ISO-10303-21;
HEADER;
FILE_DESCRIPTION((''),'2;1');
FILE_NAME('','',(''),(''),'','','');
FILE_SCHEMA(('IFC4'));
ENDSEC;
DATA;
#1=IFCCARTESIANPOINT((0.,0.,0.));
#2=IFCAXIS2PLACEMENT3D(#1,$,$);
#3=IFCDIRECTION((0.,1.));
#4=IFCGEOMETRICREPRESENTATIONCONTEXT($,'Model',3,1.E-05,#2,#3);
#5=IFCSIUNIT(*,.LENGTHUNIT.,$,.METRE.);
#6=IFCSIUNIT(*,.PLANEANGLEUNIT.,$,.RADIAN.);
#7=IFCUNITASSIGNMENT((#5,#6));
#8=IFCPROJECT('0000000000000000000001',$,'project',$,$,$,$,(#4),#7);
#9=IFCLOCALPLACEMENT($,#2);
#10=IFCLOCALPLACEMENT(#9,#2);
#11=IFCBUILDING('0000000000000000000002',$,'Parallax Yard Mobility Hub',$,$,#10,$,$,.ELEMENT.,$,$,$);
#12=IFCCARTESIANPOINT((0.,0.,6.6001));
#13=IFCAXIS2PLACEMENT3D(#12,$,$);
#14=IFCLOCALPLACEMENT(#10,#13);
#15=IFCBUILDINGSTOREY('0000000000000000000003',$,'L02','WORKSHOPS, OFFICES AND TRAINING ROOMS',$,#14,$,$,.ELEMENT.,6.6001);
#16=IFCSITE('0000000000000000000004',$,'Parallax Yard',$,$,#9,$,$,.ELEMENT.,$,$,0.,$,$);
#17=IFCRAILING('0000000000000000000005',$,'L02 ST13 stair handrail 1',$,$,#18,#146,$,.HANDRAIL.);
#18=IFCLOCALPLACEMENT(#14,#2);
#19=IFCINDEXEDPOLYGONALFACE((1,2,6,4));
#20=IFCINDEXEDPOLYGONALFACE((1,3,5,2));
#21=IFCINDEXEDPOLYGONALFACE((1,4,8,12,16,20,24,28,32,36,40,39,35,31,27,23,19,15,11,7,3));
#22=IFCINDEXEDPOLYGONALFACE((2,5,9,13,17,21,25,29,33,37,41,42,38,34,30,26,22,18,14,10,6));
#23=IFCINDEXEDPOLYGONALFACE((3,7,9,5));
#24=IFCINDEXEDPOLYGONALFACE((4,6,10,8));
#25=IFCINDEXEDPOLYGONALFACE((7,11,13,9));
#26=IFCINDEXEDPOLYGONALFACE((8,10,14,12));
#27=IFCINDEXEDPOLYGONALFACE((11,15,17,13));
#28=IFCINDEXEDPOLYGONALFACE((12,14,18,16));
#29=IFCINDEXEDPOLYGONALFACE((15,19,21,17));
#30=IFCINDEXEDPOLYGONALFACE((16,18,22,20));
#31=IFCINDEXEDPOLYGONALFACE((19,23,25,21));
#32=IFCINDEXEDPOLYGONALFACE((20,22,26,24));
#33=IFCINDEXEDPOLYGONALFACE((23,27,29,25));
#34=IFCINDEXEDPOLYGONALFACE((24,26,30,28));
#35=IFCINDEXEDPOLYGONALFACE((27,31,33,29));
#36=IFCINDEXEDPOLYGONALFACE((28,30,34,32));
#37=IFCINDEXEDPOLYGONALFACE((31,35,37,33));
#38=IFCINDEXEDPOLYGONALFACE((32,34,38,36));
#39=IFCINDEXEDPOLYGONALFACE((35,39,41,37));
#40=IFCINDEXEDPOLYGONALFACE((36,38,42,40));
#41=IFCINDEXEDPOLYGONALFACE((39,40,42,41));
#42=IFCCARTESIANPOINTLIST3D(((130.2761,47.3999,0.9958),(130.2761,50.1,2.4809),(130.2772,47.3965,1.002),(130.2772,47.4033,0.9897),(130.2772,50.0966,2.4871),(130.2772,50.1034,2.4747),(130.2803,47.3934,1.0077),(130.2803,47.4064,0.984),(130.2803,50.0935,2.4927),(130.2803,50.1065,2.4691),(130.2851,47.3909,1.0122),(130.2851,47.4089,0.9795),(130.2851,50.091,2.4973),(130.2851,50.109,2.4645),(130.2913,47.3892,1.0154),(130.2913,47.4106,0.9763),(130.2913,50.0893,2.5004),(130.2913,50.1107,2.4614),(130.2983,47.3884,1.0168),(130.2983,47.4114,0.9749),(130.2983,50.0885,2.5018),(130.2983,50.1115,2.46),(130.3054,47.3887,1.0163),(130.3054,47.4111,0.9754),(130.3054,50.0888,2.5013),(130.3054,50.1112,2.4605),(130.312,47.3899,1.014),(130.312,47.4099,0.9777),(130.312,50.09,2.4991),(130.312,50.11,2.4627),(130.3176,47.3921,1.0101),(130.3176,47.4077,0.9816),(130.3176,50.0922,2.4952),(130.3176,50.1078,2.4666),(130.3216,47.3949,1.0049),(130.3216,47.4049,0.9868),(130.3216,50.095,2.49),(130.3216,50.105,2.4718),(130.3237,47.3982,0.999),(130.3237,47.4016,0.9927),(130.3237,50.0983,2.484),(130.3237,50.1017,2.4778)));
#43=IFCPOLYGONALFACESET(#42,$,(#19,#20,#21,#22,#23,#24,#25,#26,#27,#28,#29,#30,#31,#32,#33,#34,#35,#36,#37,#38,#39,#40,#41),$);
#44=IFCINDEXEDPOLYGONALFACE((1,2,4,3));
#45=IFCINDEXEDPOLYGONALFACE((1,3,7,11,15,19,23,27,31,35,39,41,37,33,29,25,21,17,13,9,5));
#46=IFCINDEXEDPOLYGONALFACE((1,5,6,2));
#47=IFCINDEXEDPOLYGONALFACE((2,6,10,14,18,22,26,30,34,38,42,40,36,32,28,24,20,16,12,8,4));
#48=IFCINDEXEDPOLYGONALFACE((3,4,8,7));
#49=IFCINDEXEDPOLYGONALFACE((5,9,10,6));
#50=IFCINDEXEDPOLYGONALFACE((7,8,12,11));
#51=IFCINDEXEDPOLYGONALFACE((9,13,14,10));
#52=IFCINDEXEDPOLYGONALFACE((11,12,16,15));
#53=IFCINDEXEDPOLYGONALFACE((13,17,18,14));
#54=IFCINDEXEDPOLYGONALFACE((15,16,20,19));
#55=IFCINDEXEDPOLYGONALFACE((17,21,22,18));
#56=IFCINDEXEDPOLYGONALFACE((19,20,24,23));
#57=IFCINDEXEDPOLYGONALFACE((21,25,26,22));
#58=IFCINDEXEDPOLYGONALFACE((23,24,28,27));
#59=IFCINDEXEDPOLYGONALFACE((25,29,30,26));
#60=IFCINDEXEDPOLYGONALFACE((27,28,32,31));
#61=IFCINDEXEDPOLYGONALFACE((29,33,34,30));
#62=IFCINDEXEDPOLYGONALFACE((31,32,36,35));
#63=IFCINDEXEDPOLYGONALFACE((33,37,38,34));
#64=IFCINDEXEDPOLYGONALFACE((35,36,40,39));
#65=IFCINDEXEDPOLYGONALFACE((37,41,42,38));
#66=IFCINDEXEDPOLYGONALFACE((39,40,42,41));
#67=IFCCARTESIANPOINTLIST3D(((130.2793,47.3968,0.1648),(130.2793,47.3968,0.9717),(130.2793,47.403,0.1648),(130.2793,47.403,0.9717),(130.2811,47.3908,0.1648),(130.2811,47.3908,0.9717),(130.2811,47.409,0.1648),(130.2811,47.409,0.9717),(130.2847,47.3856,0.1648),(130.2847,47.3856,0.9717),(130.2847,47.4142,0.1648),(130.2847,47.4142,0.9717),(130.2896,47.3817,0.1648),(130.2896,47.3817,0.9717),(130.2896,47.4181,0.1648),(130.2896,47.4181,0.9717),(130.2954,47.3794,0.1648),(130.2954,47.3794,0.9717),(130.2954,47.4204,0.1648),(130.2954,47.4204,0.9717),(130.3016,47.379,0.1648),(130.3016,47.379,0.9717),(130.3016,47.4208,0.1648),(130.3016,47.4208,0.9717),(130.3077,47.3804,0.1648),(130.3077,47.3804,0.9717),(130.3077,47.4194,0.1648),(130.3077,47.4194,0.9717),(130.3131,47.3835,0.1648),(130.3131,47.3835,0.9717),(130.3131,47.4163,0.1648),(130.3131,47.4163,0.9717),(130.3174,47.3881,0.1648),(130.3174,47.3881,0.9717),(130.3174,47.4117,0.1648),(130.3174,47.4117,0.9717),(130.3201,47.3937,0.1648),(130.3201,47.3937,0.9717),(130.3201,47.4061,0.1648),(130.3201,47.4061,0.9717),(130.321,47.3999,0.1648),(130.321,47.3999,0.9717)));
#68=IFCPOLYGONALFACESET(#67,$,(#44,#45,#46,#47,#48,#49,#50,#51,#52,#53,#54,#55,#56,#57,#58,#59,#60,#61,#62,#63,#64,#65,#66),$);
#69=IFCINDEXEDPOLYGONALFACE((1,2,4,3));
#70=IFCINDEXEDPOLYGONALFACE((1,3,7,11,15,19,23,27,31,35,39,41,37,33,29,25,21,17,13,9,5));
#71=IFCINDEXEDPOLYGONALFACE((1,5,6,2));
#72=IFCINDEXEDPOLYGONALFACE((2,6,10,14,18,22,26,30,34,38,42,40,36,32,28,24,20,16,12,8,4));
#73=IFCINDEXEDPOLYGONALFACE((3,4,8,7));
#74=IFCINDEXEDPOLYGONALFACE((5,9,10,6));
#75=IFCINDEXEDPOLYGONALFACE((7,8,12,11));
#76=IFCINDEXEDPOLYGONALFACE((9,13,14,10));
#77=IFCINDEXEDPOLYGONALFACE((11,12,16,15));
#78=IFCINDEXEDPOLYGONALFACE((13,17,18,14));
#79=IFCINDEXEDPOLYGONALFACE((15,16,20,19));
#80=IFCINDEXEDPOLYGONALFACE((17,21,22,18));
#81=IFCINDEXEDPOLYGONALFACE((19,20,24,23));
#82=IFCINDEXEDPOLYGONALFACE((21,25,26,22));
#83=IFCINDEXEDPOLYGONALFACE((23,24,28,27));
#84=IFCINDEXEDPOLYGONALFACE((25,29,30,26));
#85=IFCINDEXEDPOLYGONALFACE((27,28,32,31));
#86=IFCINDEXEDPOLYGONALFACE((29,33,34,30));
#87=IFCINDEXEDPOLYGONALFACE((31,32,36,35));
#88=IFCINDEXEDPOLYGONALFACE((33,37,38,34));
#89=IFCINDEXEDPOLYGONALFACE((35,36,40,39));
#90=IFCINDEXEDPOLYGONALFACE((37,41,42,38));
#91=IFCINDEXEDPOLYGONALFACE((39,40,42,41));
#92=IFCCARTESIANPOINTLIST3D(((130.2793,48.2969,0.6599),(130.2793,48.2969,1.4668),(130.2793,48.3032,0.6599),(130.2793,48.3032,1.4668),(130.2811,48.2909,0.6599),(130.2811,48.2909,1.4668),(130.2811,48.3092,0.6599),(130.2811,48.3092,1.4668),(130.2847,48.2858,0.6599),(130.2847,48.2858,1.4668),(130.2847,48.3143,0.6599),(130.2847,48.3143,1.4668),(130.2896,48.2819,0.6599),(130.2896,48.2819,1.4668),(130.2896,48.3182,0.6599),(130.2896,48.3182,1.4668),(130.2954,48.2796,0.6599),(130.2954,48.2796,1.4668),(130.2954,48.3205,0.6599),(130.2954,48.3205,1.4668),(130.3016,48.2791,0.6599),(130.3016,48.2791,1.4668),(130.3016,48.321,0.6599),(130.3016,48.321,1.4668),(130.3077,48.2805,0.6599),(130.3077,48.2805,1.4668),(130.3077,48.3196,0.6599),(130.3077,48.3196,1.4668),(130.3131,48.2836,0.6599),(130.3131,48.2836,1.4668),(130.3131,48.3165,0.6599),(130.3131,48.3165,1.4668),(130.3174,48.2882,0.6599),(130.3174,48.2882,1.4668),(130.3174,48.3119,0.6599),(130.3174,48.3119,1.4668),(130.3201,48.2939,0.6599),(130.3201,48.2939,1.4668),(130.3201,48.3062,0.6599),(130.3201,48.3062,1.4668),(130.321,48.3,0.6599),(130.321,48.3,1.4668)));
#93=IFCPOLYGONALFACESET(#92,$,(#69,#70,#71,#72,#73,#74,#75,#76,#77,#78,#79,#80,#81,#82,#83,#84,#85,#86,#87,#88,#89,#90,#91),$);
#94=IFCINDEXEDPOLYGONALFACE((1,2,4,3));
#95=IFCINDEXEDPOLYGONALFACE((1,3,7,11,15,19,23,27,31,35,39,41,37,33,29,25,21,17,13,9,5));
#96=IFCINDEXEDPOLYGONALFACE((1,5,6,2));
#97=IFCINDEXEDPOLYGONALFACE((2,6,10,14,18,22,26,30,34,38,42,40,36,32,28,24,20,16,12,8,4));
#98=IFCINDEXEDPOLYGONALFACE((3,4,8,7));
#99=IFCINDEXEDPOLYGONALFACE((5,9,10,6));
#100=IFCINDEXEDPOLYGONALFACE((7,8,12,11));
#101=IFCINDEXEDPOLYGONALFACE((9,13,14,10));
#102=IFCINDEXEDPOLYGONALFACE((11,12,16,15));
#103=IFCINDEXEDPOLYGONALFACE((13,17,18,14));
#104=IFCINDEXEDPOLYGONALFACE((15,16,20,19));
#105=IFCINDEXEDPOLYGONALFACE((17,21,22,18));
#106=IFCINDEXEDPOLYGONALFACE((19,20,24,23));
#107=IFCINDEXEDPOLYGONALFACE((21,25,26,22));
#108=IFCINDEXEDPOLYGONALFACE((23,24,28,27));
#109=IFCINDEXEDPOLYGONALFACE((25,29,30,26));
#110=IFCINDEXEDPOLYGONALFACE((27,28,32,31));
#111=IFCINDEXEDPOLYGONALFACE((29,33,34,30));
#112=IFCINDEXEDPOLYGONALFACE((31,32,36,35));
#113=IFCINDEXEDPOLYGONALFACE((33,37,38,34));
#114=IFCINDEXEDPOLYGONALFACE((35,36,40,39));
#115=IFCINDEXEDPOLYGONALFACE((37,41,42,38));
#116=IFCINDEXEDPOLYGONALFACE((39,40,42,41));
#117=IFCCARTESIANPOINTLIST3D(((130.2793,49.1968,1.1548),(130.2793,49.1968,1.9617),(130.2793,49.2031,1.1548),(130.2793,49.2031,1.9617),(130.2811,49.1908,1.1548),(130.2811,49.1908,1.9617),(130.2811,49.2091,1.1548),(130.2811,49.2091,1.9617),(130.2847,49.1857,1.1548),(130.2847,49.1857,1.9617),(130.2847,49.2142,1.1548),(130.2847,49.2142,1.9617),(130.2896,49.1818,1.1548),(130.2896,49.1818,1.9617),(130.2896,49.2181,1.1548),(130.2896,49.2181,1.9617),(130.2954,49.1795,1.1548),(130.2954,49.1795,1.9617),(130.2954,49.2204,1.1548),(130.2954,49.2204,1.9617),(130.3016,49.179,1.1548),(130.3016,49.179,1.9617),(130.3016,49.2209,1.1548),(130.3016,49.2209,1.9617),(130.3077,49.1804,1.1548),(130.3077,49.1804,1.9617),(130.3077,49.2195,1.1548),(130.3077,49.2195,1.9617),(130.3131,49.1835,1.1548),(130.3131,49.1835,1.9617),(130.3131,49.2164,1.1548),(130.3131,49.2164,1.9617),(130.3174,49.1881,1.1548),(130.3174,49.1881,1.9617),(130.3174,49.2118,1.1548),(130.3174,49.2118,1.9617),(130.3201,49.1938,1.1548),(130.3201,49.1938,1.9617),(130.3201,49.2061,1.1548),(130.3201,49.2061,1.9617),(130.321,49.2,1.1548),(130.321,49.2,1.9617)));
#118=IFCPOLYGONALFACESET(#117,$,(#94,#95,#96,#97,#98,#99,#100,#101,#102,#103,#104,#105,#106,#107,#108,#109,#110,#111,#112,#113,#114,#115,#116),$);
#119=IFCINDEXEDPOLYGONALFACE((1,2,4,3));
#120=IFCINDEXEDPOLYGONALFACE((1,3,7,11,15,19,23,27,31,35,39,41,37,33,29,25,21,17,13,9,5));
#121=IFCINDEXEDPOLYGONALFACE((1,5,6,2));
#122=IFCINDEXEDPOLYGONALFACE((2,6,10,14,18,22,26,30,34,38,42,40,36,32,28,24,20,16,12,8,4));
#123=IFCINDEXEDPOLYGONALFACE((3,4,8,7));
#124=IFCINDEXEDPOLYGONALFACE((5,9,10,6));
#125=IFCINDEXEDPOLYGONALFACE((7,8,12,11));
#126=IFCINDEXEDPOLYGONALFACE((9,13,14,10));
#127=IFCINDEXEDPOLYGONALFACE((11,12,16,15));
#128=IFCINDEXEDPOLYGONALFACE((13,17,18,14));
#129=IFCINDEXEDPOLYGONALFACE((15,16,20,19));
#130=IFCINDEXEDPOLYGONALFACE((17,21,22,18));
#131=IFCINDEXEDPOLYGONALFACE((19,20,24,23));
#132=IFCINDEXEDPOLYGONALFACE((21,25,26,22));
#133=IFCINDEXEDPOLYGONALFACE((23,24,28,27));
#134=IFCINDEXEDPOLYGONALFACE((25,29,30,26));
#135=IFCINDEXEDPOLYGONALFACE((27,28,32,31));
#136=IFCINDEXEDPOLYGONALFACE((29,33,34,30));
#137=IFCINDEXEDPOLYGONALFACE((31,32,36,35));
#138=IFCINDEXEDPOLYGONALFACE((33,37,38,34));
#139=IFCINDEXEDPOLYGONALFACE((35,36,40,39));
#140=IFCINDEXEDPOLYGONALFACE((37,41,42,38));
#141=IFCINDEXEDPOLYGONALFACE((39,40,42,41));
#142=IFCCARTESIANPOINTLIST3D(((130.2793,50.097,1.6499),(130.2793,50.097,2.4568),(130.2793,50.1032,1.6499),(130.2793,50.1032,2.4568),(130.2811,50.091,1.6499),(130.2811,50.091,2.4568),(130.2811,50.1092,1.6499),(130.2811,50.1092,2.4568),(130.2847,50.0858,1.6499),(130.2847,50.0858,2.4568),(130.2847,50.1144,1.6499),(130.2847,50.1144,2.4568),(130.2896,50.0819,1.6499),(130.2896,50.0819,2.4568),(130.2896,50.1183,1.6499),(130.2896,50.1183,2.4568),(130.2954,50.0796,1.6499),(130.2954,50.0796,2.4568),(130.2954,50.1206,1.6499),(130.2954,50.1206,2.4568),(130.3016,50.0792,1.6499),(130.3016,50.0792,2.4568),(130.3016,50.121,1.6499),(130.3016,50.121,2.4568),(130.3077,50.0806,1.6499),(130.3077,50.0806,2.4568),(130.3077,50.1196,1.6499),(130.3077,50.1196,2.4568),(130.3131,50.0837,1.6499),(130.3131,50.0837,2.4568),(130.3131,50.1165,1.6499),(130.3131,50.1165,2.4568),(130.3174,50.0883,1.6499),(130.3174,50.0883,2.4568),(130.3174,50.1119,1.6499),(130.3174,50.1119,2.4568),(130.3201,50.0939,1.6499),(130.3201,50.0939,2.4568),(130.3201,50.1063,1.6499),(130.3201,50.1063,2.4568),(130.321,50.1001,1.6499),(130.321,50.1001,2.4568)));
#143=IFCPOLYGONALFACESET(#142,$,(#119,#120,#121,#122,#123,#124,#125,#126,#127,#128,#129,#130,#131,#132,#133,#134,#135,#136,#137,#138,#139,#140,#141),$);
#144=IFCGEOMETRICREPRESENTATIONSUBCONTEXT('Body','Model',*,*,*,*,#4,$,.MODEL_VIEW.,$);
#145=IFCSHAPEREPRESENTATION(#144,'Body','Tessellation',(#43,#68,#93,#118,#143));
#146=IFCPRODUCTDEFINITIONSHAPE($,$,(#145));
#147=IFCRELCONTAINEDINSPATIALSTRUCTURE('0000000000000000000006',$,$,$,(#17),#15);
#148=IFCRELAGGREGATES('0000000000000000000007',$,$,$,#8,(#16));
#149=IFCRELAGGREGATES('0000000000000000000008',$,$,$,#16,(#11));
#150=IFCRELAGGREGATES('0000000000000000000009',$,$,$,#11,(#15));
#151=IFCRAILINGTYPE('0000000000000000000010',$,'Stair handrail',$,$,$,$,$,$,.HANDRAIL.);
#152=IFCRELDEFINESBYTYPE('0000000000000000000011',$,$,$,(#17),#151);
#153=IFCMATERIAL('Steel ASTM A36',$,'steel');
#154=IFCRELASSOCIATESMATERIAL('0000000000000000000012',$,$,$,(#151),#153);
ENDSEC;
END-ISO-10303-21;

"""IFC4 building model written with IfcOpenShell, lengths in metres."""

from ifc_helpers import new_model, si_unit, direction, frame, origin, origin_2d, place, context, subcontext, project, spatial, circle, extrude, material, type_object, element, save


model = new_model("IFC4")

# Units and contexts
model_context = context("Model", 3, precision=1e-05, world=origin(), true_north=direction((0.0, 1.0)))
body_context = subcontext(model_context, "Body", "Model", "MODEL_VIEW")
ifc_project = project(units=[si_unit("LENGTHUNIT", "METRE"), si_unit("PLANEANGLEUNIT", "RADIAN")], contexts=[model_context])

# Site, building, storey
site_placement = place(None, origin())
site = spatial("IfcSite", under=ifc_project, at=site_placement, Name="Parallax Yard", CompositionType="ELEMENT", RefElevation=0.0)
building_placement = place(site_placement, origin())
building = spatial("IfcBuilding", under=site, at=building_placement, Name="Parallax Yard Mobility Hub", CompositionType="ELEMENT")
storey_placement = place(building_placement, frame((0.0, 0.0, 6.6001)))
storey = spatial("IfcBuildingStorey", under=building, at=storey_placement, Name="L02", Description="WORKSHOPS, OFFICES AND TRAINING ROOMS", CompositionType="ELEMENT", Elevation=6.6001)

# Railing
ifc_material_1 = material(Name="Steel ASTM A36", Category="steel")
railing_type_1 = type_object("IfcRailingType", Name="Stair handrail", PredefinedType="HANDRAIL", material=ifc_material_1)
railing_1_placement = place(storey_placement, frame((130.3, 47.3999, 0.1648)))
element("IfcRailing", 1, at=railing_1_placement, inside=storey, type_object=railing_type_1, Name="L02 ST13 stair handrail 1", PredefinedType="HANDRAIL", context=body_context, shape_type="SweptSolid", body=[
    extrude(circle(Radius=0.0239, at=origin_2d()), frame((0.0, 0.0, 0.8311), z_axis=(0.0, 0.876216, 0.481919), x_axis=(-1.0, 0.0, 0.0)), (0.0, 0.0, 1.0), 3.0815),
    extrude(circle(Radius=0.021, at=origin_2d()), origin(), (0.0, 0.0, 1.0), 0.8069),
    extrude(circle(Radius=0.021, at=origin_2d()), frame((0.0, 0.9001, 0.4951)), (0.0, 0.0, 1.0), 0.8069),
    extrude(circle(Radius=0.021, at=origin_2d()), frame((0.0, 1.8, 0.99)), (0.0, 0.0, 1.0), 0.8069),
    extrude(circle(Radius=0.021, at=origin_2d()), frame((0.0, 2.7002, 1.4851)), (0.0, 0.0, 1.0), 0.8069),
])

save(model, "model.ifc")
